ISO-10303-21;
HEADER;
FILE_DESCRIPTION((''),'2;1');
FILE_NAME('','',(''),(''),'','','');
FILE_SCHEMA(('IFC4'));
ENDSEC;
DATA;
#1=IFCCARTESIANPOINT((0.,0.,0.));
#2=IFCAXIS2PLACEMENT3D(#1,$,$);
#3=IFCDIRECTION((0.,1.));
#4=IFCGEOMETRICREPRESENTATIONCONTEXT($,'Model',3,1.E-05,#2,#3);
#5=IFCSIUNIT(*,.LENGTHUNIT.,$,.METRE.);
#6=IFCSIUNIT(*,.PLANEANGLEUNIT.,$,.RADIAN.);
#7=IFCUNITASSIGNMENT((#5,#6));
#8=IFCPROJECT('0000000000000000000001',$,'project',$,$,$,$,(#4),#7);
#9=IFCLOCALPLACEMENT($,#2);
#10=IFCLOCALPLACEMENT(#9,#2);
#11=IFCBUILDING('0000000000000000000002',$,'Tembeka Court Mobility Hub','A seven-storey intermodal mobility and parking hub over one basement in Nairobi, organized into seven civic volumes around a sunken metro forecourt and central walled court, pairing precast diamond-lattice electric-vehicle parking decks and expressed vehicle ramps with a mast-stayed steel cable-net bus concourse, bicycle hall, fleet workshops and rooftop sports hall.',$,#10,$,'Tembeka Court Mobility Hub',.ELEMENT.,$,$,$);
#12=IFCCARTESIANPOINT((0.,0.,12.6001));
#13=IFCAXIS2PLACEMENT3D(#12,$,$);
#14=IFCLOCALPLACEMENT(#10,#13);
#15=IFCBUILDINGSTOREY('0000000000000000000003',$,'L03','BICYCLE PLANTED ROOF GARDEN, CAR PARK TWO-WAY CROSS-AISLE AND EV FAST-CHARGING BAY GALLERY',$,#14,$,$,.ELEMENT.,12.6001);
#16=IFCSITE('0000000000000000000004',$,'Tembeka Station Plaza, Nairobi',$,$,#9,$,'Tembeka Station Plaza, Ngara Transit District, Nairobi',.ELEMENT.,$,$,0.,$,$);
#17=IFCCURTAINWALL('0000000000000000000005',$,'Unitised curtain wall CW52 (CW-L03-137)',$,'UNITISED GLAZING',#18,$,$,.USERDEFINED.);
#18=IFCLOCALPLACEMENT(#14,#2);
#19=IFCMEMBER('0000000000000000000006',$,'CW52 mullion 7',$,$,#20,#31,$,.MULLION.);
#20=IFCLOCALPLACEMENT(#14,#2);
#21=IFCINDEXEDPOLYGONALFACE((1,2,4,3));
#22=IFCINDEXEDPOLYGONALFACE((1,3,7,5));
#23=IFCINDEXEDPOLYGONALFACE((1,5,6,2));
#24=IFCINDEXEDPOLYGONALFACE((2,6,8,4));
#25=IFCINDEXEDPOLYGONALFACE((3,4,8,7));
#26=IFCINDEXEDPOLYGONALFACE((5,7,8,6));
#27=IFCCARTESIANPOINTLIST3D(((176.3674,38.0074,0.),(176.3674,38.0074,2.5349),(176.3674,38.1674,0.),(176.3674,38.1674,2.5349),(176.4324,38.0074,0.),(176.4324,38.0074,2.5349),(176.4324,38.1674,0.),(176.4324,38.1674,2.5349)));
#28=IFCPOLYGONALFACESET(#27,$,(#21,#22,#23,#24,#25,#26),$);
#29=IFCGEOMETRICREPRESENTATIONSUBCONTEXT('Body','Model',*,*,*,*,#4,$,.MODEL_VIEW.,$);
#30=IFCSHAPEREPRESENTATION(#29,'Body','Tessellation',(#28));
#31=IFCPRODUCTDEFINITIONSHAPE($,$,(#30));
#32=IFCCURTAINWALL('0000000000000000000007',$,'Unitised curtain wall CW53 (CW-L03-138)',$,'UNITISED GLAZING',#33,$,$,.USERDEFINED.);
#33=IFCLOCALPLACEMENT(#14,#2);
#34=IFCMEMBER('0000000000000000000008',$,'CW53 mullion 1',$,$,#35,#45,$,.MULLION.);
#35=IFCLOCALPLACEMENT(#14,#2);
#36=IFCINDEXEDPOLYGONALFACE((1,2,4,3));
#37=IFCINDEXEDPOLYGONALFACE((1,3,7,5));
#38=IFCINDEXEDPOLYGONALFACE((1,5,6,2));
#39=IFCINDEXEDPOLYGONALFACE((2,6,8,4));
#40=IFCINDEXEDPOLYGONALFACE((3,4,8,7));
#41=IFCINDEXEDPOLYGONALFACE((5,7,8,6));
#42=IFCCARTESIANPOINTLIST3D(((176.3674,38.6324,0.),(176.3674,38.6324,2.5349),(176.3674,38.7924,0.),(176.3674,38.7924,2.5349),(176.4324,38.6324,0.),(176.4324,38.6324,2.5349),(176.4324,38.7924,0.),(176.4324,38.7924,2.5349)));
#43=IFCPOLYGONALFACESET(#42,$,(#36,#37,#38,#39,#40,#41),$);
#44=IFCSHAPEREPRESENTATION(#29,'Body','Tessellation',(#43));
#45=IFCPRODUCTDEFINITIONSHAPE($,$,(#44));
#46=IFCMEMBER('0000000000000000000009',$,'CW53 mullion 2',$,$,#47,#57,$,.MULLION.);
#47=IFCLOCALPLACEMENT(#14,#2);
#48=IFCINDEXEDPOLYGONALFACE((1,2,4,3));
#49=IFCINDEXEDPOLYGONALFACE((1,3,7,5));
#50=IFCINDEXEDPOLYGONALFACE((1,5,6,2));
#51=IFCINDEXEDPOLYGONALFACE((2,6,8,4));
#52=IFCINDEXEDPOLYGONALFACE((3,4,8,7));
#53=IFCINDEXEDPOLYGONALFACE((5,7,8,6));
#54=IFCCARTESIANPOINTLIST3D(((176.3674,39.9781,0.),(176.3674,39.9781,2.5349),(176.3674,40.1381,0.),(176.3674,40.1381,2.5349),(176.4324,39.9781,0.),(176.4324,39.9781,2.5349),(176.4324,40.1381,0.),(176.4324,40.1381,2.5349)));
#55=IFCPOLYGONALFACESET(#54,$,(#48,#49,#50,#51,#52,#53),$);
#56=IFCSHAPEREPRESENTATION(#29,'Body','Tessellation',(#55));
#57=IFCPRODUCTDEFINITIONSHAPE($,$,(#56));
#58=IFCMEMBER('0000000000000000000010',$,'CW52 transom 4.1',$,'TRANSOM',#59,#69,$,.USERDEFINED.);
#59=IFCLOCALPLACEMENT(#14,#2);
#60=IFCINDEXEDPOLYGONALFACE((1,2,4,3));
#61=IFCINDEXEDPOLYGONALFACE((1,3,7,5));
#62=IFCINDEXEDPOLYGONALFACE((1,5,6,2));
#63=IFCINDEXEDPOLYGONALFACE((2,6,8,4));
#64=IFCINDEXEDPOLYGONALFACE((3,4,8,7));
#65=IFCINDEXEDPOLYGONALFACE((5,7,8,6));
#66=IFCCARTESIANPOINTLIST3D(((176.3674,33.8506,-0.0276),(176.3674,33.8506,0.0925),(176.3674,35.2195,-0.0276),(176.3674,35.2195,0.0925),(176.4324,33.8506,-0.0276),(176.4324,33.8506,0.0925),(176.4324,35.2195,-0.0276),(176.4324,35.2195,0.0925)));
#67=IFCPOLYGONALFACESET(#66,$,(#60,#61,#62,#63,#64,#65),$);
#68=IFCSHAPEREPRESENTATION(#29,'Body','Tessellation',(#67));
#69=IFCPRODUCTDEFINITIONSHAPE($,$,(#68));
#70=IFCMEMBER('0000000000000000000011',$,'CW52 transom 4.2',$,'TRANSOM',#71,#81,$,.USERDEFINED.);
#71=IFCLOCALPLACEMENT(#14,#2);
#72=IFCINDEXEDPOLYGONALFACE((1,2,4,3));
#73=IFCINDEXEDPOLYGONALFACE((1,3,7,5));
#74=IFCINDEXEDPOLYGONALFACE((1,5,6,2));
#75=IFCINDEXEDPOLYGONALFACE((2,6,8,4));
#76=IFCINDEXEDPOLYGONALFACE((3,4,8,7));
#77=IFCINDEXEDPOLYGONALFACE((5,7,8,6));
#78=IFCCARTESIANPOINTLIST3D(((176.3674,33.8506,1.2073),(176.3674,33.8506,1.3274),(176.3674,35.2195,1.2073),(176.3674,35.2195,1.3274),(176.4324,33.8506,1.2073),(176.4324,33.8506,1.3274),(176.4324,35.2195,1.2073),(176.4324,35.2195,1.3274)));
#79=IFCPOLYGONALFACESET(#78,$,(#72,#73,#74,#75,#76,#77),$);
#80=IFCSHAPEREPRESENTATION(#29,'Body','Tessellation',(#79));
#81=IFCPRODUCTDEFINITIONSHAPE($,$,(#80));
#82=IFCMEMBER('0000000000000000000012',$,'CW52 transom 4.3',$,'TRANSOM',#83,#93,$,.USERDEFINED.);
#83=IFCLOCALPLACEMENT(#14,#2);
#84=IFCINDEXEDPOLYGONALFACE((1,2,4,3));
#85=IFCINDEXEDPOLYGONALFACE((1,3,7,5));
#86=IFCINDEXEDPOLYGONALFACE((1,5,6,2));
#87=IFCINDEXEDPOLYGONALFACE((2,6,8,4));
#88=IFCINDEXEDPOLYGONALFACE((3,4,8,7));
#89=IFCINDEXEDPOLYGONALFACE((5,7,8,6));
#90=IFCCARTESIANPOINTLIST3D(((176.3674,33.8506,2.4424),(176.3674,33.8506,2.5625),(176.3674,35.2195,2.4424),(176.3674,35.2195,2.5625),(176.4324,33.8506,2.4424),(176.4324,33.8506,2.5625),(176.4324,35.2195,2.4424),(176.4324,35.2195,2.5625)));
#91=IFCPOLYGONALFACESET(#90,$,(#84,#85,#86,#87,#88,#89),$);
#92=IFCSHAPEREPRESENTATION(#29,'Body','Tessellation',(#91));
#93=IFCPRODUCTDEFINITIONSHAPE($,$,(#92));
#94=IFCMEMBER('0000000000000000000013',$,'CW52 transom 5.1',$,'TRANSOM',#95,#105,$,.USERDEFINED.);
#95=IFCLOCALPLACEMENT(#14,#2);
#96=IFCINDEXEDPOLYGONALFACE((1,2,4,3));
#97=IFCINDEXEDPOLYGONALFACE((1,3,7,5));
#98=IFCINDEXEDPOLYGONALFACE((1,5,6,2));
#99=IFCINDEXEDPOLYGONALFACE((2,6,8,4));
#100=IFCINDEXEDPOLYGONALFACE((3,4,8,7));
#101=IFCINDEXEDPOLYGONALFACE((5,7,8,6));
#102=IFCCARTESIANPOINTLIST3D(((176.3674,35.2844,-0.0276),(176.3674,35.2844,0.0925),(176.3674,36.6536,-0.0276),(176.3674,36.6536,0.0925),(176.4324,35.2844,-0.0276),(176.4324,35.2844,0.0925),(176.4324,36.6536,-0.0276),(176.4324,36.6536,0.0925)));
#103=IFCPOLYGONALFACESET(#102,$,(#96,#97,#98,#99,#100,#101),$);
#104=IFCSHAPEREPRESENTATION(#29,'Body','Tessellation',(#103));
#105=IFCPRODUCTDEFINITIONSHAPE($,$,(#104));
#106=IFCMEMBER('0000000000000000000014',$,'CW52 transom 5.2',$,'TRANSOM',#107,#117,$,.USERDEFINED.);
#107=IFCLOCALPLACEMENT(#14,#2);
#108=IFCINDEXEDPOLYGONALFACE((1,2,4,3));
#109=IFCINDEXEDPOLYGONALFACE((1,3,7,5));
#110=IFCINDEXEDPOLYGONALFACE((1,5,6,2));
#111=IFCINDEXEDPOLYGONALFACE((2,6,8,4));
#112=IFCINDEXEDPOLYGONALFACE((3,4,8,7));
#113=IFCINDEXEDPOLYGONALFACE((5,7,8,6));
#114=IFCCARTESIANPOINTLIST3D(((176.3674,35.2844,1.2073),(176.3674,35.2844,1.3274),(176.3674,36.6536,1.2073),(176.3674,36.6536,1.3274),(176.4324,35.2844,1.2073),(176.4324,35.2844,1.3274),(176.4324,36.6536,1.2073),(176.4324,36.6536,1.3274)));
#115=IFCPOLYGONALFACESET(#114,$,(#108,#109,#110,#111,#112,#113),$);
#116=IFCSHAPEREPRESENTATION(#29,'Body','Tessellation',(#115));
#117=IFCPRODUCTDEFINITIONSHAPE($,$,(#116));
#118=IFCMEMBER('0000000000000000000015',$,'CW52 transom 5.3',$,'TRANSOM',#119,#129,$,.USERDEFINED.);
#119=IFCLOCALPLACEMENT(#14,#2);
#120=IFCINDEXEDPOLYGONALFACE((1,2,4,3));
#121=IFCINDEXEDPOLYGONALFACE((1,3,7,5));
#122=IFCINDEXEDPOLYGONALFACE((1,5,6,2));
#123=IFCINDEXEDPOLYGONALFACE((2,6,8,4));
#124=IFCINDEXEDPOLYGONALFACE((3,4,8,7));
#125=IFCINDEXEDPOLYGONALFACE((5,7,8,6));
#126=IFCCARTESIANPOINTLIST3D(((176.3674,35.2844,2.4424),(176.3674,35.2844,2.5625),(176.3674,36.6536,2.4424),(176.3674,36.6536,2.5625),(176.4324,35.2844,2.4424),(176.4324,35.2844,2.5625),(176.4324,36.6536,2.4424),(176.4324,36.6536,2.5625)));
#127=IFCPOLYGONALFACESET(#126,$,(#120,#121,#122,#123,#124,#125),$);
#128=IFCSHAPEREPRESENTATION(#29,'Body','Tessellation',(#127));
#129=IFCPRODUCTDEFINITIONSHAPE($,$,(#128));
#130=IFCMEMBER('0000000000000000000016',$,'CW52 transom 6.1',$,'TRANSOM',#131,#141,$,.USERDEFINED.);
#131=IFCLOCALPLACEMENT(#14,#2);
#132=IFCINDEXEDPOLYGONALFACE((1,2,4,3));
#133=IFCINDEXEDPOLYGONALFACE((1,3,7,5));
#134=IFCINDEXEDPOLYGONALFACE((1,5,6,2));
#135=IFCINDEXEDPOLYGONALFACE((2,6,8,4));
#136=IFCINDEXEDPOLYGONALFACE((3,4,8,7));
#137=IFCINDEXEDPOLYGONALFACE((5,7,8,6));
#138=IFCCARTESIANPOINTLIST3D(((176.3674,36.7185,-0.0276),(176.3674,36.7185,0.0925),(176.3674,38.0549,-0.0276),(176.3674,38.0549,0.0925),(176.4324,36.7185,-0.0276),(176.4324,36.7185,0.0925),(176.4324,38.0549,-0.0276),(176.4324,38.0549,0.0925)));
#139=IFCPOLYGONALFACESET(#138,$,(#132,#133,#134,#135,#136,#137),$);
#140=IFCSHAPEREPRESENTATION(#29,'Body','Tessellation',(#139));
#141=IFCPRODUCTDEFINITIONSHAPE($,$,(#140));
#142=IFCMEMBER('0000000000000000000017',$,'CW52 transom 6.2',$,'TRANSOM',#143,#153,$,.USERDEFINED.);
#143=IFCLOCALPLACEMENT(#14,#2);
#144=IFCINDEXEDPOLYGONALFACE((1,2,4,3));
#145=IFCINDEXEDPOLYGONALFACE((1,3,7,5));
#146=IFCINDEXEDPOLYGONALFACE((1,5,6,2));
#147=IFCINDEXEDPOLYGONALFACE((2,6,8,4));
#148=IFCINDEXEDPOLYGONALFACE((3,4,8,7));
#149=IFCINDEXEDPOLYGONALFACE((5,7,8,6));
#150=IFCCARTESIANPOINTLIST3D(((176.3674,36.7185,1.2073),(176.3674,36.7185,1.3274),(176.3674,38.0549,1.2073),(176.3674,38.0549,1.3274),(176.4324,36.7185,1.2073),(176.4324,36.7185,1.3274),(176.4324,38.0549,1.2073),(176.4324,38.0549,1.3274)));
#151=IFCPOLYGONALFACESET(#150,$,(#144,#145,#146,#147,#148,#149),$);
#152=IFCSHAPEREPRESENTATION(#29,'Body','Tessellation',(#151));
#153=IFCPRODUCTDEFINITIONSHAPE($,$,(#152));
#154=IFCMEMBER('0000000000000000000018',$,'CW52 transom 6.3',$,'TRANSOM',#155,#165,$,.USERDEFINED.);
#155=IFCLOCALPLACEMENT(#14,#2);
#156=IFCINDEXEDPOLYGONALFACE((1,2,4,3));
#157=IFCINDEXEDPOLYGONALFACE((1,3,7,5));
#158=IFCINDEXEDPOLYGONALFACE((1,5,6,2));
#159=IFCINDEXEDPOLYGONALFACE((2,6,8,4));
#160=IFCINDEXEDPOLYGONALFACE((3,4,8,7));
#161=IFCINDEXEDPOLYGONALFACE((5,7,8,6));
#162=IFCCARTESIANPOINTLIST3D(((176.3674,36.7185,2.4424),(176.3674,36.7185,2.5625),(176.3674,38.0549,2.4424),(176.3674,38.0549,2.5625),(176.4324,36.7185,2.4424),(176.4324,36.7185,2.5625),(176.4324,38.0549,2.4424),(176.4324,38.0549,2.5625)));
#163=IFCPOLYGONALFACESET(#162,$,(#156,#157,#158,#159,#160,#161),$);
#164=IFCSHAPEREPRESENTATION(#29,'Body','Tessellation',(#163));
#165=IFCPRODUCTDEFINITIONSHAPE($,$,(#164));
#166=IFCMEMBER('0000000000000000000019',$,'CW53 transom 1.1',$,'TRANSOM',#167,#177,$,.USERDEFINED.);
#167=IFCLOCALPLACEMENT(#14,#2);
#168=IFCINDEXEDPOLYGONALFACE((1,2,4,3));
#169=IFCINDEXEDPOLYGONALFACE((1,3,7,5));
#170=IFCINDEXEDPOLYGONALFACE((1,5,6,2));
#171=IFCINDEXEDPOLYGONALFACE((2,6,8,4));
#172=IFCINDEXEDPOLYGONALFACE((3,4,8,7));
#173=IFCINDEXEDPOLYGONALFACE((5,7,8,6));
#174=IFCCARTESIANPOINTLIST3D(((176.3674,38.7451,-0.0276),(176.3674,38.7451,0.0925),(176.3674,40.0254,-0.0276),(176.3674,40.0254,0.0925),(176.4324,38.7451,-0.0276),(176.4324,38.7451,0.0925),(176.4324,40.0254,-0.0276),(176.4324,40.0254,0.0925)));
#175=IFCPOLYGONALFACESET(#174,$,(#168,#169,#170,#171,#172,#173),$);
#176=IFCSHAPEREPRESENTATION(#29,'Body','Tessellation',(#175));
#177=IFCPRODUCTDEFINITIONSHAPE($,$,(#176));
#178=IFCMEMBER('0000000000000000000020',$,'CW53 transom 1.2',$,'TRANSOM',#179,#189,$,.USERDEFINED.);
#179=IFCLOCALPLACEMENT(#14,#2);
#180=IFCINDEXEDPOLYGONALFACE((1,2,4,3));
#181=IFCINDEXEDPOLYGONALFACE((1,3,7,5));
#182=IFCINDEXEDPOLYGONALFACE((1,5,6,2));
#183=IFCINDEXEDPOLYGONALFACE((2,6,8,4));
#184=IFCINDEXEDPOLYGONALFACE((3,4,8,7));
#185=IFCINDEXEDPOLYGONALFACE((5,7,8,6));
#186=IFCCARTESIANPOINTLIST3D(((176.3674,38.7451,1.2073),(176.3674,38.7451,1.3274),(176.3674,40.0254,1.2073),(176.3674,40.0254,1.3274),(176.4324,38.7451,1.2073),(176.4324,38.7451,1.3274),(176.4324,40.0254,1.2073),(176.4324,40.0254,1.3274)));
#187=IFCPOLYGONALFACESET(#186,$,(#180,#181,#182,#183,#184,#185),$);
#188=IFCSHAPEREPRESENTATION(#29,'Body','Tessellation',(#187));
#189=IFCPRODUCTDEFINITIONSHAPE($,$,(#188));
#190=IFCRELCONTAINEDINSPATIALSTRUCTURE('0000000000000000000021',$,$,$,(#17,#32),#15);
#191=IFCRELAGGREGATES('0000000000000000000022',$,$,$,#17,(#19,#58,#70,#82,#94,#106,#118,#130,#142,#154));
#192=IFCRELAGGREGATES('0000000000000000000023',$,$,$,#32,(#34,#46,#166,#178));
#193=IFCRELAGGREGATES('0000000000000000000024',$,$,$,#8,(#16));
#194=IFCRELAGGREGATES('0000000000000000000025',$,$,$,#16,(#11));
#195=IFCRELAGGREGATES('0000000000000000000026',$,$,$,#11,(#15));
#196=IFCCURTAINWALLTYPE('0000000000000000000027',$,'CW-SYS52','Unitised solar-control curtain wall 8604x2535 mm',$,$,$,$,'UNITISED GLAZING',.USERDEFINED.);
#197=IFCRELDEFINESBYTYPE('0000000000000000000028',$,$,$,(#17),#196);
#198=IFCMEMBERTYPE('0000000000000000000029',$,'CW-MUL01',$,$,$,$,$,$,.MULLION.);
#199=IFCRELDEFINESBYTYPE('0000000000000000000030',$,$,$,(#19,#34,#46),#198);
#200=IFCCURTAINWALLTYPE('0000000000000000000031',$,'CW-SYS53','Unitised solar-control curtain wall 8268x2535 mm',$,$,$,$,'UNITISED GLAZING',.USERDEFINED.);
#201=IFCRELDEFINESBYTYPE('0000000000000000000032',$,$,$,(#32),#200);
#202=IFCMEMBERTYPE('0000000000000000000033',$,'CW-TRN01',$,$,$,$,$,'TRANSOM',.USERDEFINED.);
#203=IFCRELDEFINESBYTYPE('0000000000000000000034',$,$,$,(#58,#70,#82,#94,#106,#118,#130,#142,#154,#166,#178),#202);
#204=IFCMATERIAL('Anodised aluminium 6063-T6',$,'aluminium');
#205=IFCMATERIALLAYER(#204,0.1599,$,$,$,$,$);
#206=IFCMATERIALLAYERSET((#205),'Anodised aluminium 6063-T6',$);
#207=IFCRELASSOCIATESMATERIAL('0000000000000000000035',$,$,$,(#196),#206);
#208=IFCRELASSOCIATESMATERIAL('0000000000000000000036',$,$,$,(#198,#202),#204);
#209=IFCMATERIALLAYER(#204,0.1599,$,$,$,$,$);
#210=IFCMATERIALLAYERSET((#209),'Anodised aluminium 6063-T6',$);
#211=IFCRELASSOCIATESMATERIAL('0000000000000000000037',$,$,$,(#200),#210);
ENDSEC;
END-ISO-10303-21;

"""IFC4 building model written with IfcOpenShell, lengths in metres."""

from ifc_helpers import new_model, si_unit, direction, frame, origin, origin_2d, place, context, subcontext, project, spatial, rectangle, extrude, material, layer, layer_set, material_profile, profile_set, type_object, element, aggregate, save


model = new_model("IFC4")

# Units and contexts
model_context = context("Model", 3, precision=1e-05, world=origin(), true_north=direction((0.0, 1.0)))
body_context = subcontext(model_context, "Body", "Model", "MODEL_VIEW")
ifc_project = project(units=[si_unit("LENGTHUNIT", "METRE"), si_unit("PLANEANGLEUNIT", "RADIAN")], contexts=[model_context])

# Site, building, storey
site_placement = place(None, origin())
site = spatial("IfcSite", under=ifc_project, at=site_placement, Name="Tembeka Station Plaza, Nairobi", LongName="Tembeka Station Plaza, Ngara Transit District, Nairobi", CompositionType="ELEMENT", RefElevation=0.0)
building_placement = place(site_placement, origin())
building = spatial("IfcBuilding", under=site, at=building_placement, Name="Tembeka Court Mobility Hub", Description="A seven-storey intermodal mobility and parking hub over one basement in Nairobi, organized into seven civic volumes around a sunken metro forecourt and central walled court, pairing precast diamond-lattice electric-vehicle parking decks and expressed vehicle ramps with a mast-stayed steel cable-net bus concourse, bicycle hall, fleet workshops and rooftop sports hall.", LongName="Tembeka Court Mobility Hub", CompositionType="ELEMENT")
storey_placement = place(building_placement, frame((0.0, 0.0, 12.6001)))
storey = spatial("IfcBuildingStorey", under=building, at=storey_placement, Name="L03", Description="BICYCLE PLANTED ROOF GARDEN, CAR PARK TWO-WAY CROSS-AISLE AND EV FAST-CHARGING BAY GALLERY", CompositionType="ELEMENT", Elevation=12.6001)

# Curtain walls, members
ifc_material_1 = material(Name="Anodised aluminium 6063-T6", Category="aluminium")
ifc_layer_1 = layer(ifc_material_1, 0.1599)
ifc_layer_set_1 = layer_set([ifc_layer_1], Name="Anodised aluminium 6063-T6")
curtain_wall_type_1 = type_object("IfcCurtainWallType", Name="CW-SYS52", Description="Unitised solar-control curtain wall 8604x2535 mm", ElementType="UNITISED GLAZING", PredefinedType="USERDEFINED", material=ifc_layer_set_1)
curtain_wall_1_placement = place(storey_placement, origin())
curtain_wall_1 = element("IfcCurtainWall", 1, at=curtain_wall_1_placement, inside=storey, type_object=curtain_wall_type_1, Name="Unitised curtain wall CW52 (CW-L03-137)", ObjectType="UNITISED GLAZING", PredefinedType="USERDEFINED")
ifc_material_profile_1 = material_profile(ifc_material_1, rectangle(XDim=0.0649, YDim=0.1599, at=origin_2d()), Name="ALU-MUL 65x160")
ifc_profile_set_1 = profile_set([ifc_material_profile_1], Name="Anodised aluminium 6063-T6")
member_type_1 = type_object("IfcMemberType", Name="CW-MUL01", PredefinedType="MULLION", material=ifc_profile_set_1)
member_1_placement = place(storey_placement, frame((176.3999, 38.0874, 0.0), z_axis=(0.0, 0.0, 1.0), x_axis=(-1.0, 0.0, 0.0)))
member_1 = element("IfcMember", 2, at=member_1_placement, type_object=member_type_1, Name="CW52 mullion 7", PredefinedType="MULLION", context=body_context, shape_type="SweptSolid", body=[
    extrude(rectangle(XDim=0.0649, YDim=0.1599, at=origin_2d()), origin(), (0.0, 0.0, 1.0), 2.5349),
])
ifc_layer_2 = layer(ifc_material_1, 0.1599)
ifc_layer_set_2 = layer_set([ifc_layer_2], Name="Anodised aluminium 6063-T6")
curtain_wall_type_2 = type_object("IfcCurtainWallType", Name="CW-SYS53", Description="Unitised solar-control curtain wall 8268x2535 mm", ElementType="UNITISED GLAZING", PredefinedType="USERDEFINED", material=ifc_layer_set_2)
curtain_wall_2_placement = place(storey_placement, origin())
curtain_wall_2 = element("IfcCurtainWall", 3, at=curtain_wall_2_placement, inside=storey, type_object=curtain_wall_type_2, Name="Unitised curtain wall CW53 (CW-L03-138)", ObjectType="UNITISED GLAZING", PredefinedType="USERDEFINED")
member_2_placement = place(storey_placement, frame((176.3999, 38.7124, 0.0), z_axis=(0.0, 0.0, 1.0), x_axis=(-1.0, 0.0, 0.0)))
member_2 = element("IfcMember", 4, at=member_2_placement, type_object=member_type_1, Name="CW53 mullion 1", PredefinedType="MULLION", context=body_context, shape_type="SweptSolid", body=[
    extrude(rectangle(XDim=0.0649, YDim=0.1599, at=origin_2d()), origin(), (0.0, 0.0, 1.0), 2.5349),
])
member_3_placement = place(storey_placement, frame((176.3999, 40.0581, 0.0), z_axis=(0.0, 0.0, 1.0), x_axis=(-1.0, 0.0, 0.0)))
member_3 = element("IfcMember", 5, at=member_3_placement, type_object=member_type_1, Name="CW53 mullion 2", PredefinedType="MULLION", context=body_context, shape_type="SweptSolid", body=[
    extrude(rectangle(XDim=0.0649, YDim=0.1599, at=origin_2d()), origin(), (0.0, 0.0, 1.0), 2.5349),
])

# Members
ifc_material_profile_2 = material_profile(ifc_material_1, rectangle(XDim=0.0649, YDim=0.1201, at=origin_2d()), Name="ALU-TRN 65x120")
ifc_profile_set_2 = profile_set([ifc_material_profile_2], Name="Anodised aluminium 6063-T6")
member_type_2 = type_object("IfcMemberType", Name="CW-TRN01", ElementType="TRANSOM", PredefinedType="USERDEFINED", material=ifc_profile_set_2)
member_4_placement = place(storey_placement, frame((176.3999, 33.8506, 0.0325), z_axis=(0.0, 1.0, 0.0), x_axis=(-1.0, 0.0, 0.0)))
member_4 = element("IfcMember", 6, at=member_4_placement, type_object=member_type_2, Name="CW52 transom 4.1", ObjectType="TRANSOM", PredefinedType="USERDEFINED", context=body_context, shape_type="SweptSolid", body=[
    extrude(rectangle(XDim=0.0649, YDim=0.1201, at=origin_2d()), origin(), (0.0, 0.0, 1.0), 1.3689),
])
member_5_placement = place(storey_placement, frame((176.3999, 33.8506, 1.2673), z_axis=(0.0, 1.0, 0.0), x_axis=(-1.0, 0.0, 0.0)))
member_5 = element("IfcMember", 7, at=member_5_placement, type_object=member_type_2, Name="CW52 transom 4.2", ObjectType="TRANSOM", PredefinedType="USERDEFINED", context=body_context, shape_type="SweptSolid", body=[
    extrude(rectangle(XDim=0.0649, YDim=0.1201, at=origin_2d()), origin(), (0.0, 0.0, 1.0), 1.3689),
])
member_6_placement = place(storey_placement, frame((176.3999, 33.8506, 2.5024), z_axis=(0.0, 1.0, 0.0), x_axis=(-1.0, 0.0, 0.0)))
member_6 = element("IfcMember", 8, at=member_6_placement, type_object=member_type_2, Name="CW52 transom 4.3", ObjectType="TRANSOM", PredefinedType="USERDEFINED", context=body_context, shape_type="SweptSolid", body=[
    extrude(rectangle(XDim=0.0649, YDim=0.1201, at=origin_2d()), origin(), (0.0, 0.0, 1.0), 1.3689),
])
member_7_placement = place(storey_placement, frame((176.3999, 35.2844, 0.0325), z_axis=(0.0, 1.0, 0.0), x_axis=(-1.0, 0.0, 0.0)))
member_7 = element("IfcMember", 9, at=member_7_placement, type_object=member_type_2, Name="CW52 transom 5.1", ObjectType="TRANSOM", PredefinedType="USERDEFINED", context=body_context, shape_type="SweptSolid", body=[
    extrude(rectangle(XDim=0.0649, YDim=0.1201, at=origin_2d()), origin(), (0.0, 0.0, 1.0), 1.3691),
])
member_8_placement = place(storey_placement, frame((176.3999, 35.2844, 1.2673), z_axis=(0.0, 1.0, 0.0), x_axis=(-1.0, 0.0, 0.0)))
member_8 = element("IfcMember", 10, at=member_8_placement, type_object=member_type_2, Name="CW52 transom 5.2", ObjectType="TRANSOM", PredefinedType="USERDEFINED", context=body_context, shape_type="SweptSolid", body=[
    extrude(rectangle(XDim=0.0649, YDim=0.1201, at=origin_2d()), origin(), (0.0, 0.0, 1.0), 1.3691),
])
member_9_placement = place(storey_placement, frame((176.3999, 35.2844, 2.5024), z_axis=(0.0, 1.0, 0.0), x_axis=(-1.0, 0.0, 0.0)))
member_9 = element("IfcMember", 11, at=member_9_placement, type_object=member_type_2, Name="CW52 transom 5.3", ObjectType="TRANSOM", PredefinedType="USERDEFINED", context=body_context, shape_type="SweptSolid", body=[
    extrude(rectangle(XDim=0.0649, YDim=0.1201, at=origin_2d()), origin(), (0.0, 0.0, 1.0), 1.3691),
])
member_10_placement = place(storey_placement, frame((176.3999, 36.7185, 0.0325), z_axis=(0.0, 1.0, 0.0), x_axis=(-1.0, 0.0, 0.0)))
member_10 = element("IfcMember", 12, at=member_10_placement, type_object=member_type_2, Name="CW52 transom 6.1", ObjectType="TRANSOM", PredefinedType="USERDEFINED", context=body_context, shape_type="SweptSolid", body=[
    extrude(rectangle(XDim=0.0649, YDim=0.1201, at=origin_2d()), origin(), (0.0, 0.0, 1.0), 1.3364),
])
member_11_placement = place(storey_placement, frame((176.3999, 36.7185, 1.2673), z_axis=(0.0, 1.0, 0.0), x_axis=(-1.0, 0.0, 0.0)))
member_11 = element("IfcMember", 13, at=member_11_placement, type_object=member_type_2, Name="CW52 transom 6.2", ObjectType="TRANSOM", PredefinedType="USERDEFINED", context=body_context, shape_type="SweptSolid", body=[
    extrude(rectangle(XDim=0.0649, YDim=0.1201, at=origin_2d()), origin(), (0.0, 0.0, 1.0), 1.3364),
])
member_12_placement = place(storey_placement, frame((176.3999, 36.7185, 2.5024), z_axis=(0.0, 1.0, 0.0), x_axis=(-1.0, 0.0, 0.0)))
member_12 = element("IfcMember", 14, at=member_12_placement, type_object=member_type_2, Name="CW52 transom 6.3", ObjectType="TRANSOM", PredefinedType="USERDEFINED", context=body_context, shape_type="SweptSolid", body=[
    extrude(rectangle(XDim=0.0649, YDim=0.1201, at=origin_2d()), origin(), (0.0, 0.0, 1.0), 1.3364),
])
member_13_placement = place(storey_placement, frame((176.3999, 38.7451, 0.0325), z_axis=(0.0, 1.0, 0.0), x_axis=(-1.0, 0.0, 0.0)))
member_13 = element("IfcMember", 15, at=member_13_placement, type_object=member_type_2, Name="CW53 transom 1.1", ObjectType="TRANSOM", PredefinedType="USERDEFINED", context=body_context, shape_type="SweptSolid", body=[
    extrude(rectangle(XDim=0.0649, YDim=0.1201, at=origin_2d()), origin(), (0.0, 0.0, 1.0), 1.2803),
])
member_14_placement = place(storey_placement, frame((176.3999, 38.7451, 1.2673), z_axis=(0.0, 1.0, 0.0), x_axis=(-1.0, 0.0, 0.0)))
member_14 = element("IfcMember", 16, at=member_14_placement, type_object=member_type_2, Name="CW53 transom 1.2", ObjectType="TRANSOM", PredefinedType="USERDEFINED", context=body_context, shape_type="SweptSolid", body=[
    extrude(rectangle(XDim=0.0649, YDim=0.1201, at=origin_2d()), origin(), (0.0, 0.0, 1.0), 1.2803),
])

aggregate(curtain_wall_1, [member_1, member_4, member_5, member_6, member_7, member_8, member_9, member_10, member_11, member_12])
aggregate(curtain_wall_2, [member_2, member_3, member_13, member_14])

save(model, "model.ifc")
